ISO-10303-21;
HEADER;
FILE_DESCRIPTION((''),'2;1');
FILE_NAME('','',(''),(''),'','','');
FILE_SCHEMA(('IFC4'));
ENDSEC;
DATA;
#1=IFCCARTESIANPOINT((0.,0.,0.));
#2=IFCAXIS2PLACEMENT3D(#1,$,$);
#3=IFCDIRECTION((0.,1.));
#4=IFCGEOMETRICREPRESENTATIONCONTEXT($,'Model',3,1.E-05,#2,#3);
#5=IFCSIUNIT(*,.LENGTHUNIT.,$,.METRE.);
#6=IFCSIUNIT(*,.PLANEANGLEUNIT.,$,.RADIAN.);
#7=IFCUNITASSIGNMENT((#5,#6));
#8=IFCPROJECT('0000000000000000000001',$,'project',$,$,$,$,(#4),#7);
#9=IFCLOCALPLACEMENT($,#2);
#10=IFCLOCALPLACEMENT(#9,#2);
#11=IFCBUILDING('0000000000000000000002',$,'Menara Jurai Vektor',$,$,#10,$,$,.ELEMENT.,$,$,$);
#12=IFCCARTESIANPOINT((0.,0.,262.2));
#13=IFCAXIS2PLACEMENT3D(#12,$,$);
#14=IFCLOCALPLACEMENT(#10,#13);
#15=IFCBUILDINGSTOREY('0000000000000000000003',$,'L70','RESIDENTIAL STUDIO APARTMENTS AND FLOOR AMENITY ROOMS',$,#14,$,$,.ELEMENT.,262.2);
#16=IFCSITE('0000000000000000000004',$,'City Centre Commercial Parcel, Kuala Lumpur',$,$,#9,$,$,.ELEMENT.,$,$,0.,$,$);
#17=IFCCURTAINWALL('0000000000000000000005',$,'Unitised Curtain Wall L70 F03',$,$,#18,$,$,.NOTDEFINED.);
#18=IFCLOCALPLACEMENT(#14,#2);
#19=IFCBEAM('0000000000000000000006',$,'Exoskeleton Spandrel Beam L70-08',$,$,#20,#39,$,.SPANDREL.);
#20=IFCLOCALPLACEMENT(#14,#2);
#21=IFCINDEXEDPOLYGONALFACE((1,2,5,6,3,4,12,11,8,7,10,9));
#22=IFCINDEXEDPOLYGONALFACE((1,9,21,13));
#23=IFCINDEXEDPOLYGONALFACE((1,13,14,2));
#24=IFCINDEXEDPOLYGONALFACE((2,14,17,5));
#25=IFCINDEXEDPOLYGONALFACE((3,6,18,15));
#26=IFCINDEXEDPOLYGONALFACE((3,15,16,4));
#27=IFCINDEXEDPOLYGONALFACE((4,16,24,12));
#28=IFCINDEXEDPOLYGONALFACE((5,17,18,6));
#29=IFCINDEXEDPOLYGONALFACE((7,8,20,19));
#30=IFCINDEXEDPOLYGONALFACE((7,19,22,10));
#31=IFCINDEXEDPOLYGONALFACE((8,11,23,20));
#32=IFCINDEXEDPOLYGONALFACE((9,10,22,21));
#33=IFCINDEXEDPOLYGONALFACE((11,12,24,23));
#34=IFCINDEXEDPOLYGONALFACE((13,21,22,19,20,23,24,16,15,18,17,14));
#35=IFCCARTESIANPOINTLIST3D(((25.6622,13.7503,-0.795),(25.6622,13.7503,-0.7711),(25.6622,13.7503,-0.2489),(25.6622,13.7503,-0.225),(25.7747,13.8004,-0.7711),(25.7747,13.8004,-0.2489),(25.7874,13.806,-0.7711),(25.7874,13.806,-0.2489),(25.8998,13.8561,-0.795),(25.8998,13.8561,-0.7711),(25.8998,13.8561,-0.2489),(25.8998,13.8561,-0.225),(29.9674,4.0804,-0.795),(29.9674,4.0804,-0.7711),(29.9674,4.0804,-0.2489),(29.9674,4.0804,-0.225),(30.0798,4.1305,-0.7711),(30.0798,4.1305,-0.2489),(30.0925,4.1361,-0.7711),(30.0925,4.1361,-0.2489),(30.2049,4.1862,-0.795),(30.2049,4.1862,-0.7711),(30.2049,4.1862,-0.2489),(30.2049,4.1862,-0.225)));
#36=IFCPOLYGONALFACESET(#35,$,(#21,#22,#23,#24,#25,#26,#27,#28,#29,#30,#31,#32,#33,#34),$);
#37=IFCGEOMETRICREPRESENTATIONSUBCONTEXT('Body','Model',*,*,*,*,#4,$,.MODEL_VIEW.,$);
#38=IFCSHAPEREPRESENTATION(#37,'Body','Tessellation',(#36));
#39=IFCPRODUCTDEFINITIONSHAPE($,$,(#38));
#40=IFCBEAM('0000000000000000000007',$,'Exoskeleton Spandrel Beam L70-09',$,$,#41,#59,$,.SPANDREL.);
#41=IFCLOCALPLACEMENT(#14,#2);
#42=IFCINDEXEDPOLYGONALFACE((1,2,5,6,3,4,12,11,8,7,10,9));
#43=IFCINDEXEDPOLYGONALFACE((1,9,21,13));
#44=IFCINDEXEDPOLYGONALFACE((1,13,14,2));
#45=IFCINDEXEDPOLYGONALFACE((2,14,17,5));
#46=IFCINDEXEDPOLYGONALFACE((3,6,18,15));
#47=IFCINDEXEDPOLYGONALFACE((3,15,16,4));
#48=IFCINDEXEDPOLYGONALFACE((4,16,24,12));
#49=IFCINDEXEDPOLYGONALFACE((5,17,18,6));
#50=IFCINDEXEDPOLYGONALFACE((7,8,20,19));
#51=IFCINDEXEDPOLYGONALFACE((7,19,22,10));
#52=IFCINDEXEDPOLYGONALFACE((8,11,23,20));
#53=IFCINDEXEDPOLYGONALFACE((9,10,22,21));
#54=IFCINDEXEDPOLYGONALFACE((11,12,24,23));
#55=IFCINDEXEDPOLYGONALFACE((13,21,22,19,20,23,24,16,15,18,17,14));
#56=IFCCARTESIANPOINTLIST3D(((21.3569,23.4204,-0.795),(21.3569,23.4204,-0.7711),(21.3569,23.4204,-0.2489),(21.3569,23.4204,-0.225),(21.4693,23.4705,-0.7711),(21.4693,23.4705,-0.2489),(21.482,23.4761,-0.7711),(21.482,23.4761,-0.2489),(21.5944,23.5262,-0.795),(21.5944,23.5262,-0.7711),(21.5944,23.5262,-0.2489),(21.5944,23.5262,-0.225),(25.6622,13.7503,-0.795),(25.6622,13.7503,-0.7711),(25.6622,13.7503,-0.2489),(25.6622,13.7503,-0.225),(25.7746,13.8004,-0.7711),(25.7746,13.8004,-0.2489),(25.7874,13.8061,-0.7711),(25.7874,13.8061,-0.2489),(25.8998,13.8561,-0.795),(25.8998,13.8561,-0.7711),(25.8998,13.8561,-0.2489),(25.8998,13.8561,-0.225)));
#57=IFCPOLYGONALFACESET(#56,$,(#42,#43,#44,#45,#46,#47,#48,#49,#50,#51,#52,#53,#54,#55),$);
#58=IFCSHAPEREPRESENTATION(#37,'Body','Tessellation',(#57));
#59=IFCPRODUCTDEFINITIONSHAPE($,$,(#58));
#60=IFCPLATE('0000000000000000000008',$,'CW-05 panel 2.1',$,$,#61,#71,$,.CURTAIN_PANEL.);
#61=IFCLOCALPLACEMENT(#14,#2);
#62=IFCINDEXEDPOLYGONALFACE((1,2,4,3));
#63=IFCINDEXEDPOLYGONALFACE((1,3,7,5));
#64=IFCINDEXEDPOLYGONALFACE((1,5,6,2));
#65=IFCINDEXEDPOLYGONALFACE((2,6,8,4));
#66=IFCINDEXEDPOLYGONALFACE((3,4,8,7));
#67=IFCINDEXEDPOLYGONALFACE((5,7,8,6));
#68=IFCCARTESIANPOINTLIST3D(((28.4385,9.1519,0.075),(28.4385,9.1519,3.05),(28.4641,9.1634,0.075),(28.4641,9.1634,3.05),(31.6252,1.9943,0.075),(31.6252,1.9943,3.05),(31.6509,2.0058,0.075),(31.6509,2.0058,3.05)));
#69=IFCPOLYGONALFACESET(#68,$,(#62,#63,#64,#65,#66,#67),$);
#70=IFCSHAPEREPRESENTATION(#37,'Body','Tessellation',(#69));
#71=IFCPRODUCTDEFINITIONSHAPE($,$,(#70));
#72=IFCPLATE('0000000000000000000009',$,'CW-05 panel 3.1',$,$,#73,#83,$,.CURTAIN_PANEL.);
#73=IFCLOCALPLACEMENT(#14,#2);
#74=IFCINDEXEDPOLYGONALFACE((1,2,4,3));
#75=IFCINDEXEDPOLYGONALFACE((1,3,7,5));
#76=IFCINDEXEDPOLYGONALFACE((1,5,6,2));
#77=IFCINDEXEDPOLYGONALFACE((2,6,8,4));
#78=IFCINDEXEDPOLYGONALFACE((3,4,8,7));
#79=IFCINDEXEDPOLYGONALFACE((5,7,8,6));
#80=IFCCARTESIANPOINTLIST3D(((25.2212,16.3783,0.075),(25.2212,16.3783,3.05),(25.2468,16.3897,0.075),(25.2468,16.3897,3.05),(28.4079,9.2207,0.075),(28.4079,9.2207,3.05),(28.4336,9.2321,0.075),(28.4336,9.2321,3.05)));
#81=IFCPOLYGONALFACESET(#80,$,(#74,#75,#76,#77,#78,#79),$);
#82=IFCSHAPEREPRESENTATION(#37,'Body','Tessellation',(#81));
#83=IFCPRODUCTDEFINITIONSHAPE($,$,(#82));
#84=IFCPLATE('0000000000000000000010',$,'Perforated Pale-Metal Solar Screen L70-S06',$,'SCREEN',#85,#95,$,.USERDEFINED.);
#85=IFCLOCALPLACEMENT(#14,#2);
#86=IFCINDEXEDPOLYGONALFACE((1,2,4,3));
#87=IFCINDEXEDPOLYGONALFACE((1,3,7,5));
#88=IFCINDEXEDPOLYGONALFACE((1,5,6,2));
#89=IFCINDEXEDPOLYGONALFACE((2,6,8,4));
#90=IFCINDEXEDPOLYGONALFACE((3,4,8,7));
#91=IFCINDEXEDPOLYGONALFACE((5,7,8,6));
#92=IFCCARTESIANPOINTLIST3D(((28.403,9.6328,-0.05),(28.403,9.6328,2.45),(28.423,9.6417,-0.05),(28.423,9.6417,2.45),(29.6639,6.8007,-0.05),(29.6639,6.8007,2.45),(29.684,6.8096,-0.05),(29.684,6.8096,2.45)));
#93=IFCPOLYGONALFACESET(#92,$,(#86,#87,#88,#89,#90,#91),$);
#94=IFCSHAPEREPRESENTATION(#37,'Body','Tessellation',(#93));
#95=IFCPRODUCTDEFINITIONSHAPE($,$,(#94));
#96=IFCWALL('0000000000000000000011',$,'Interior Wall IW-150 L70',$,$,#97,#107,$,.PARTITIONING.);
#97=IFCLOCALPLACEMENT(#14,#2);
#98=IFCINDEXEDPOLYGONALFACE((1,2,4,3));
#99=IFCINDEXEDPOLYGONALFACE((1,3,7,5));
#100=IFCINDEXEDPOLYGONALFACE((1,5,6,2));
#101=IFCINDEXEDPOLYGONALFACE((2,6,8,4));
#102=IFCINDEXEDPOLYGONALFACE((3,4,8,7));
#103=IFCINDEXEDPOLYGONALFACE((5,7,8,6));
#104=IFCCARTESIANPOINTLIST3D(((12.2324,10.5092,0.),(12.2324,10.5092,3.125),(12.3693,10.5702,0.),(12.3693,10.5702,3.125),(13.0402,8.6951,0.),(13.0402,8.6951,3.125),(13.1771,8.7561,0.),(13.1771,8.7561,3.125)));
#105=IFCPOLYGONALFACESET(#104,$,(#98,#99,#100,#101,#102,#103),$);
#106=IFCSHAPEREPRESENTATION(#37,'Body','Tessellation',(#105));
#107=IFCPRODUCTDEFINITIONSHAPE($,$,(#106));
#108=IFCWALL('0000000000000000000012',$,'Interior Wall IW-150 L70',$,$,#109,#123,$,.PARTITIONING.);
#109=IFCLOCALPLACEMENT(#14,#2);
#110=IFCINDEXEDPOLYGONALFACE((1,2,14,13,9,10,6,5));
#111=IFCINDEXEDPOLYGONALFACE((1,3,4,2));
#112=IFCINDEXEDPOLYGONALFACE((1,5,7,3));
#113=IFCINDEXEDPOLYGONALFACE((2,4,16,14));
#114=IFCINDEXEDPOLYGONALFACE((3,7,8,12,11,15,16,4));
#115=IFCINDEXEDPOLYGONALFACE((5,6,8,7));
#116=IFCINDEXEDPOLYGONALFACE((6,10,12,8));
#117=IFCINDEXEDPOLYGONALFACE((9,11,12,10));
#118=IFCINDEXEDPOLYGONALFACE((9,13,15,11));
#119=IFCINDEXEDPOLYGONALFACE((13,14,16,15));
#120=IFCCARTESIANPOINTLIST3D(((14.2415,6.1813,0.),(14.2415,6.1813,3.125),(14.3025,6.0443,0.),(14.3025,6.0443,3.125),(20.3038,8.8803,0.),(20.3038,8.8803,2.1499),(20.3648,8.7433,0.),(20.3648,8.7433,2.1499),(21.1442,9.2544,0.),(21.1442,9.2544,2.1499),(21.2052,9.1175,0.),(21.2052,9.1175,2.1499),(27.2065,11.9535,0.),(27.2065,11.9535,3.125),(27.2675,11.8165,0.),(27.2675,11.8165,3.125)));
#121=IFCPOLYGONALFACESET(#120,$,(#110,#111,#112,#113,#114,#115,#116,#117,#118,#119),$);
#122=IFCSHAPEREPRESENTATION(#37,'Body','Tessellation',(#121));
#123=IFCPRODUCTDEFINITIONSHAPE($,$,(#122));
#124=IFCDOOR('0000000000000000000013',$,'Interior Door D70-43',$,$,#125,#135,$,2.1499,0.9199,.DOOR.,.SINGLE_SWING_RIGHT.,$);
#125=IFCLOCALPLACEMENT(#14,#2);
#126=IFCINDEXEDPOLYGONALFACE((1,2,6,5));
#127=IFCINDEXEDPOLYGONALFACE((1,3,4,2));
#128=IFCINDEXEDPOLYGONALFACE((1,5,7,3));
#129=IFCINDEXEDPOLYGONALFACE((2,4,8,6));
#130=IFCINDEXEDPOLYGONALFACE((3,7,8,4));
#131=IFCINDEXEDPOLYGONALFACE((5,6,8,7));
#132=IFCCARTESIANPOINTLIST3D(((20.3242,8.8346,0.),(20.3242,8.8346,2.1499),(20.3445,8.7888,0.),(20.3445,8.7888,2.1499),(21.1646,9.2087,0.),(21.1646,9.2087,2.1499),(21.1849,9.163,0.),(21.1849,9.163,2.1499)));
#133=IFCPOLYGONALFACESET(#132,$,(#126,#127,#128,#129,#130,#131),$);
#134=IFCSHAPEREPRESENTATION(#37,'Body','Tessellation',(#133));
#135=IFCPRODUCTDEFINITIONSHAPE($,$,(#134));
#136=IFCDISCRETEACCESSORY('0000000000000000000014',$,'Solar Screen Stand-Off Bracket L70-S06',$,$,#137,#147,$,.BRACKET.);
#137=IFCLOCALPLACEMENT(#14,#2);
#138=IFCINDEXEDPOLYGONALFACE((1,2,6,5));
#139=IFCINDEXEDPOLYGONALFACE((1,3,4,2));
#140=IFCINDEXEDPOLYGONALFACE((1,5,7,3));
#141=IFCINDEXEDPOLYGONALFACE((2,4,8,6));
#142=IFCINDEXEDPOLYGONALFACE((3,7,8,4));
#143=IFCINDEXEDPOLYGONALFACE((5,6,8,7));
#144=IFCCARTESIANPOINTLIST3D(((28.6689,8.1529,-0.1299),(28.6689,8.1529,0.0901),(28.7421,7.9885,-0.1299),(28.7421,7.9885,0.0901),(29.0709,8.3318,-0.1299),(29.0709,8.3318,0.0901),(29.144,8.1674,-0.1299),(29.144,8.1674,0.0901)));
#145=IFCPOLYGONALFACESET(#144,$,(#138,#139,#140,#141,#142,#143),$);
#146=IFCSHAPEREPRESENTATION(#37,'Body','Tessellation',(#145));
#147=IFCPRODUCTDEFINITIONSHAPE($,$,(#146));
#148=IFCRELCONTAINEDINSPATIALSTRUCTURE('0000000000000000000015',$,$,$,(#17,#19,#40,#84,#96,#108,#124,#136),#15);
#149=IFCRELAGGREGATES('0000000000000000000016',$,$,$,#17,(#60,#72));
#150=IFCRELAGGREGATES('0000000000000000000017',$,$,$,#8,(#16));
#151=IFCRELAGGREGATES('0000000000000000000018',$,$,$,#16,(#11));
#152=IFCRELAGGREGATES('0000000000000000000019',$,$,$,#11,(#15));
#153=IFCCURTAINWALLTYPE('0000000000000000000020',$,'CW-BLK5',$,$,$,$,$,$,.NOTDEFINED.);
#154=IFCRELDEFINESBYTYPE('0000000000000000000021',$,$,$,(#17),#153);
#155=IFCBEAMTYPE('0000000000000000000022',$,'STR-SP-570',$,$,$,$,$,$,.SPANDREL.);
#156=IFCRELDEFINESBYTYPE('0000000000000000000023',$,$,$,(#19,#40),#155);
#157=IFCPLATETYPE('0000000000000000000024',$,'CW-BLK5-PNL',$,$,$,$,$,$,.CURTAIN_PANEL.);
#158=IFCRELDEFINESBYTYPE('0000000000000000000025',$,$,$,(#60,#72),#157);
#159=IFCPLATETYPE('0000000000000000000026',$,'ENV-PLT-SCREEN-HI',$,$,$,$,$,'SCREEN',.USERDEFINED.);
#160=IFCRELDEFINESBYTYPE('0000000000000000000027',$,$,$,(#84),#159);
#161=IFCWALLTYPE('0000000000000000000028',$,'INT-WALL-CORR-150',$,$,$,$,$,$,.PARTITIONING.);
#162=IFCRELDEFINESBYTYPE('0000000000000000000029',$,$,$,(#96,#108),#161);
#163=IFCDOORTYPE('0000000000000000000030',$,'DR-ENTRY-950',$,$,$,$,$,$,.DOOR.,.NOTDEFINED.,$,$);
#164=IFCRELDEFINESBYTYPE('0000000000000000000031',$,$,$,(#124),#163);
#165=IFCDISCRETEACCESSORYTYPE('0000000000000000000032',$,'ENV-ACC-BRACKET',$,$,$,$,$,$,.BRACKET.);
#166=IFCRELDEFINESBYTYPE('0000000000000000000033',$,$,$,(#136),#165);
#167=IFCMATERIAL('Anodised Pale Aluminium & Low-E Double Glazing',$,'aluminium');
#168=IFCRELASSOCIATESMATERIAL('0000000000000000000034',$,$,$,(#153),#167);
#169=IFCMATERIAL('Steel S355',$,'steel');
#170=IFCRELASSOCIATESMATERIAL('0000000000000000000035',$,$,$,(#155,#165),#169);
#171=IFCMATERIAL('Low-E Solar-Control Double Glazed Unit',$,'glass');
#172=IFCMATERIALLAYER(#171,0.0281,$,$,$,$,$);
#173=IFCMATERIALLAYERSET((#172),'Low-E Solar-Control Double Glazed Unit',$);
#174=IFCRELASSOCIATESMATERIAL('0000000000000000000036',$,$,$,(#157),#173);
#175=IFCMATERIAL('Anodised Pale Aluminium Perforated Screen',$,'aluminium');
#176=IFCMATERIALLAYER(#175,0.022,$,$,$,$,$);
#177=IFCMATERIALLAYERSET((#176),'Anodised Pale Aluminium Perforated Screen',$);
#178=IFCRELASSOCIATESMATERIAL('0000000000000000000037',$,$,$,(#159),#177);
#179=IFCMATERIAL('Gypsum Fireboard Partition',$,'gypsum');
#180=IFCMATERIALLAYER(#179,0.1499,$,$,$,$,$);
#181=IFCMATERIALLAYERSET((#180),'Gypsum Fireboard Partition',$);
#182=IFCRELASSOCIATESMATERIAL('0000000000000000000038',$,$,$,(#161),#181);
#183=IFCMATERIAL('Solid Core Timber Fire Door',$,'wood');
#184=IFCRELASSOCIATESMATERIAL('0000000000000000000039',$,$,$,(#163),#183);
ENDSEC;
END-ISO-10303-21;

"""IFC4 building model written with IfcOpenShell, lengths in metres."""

from ifc_helpers import new_model, si_unit, direction, frame, frame_2d, origin, origin_2d, place, context, subcontext, project, spatial, rectangle, i_section, extrude, material, layer, layer_set, material_profile, profile_set, type_object, element, fill, aggregate, save


model = new_model("IFC4")

# Units and contexts
model_context = context("Model", 3, precision=1e-05, world=origin(), true_north=direction((0.0, 1.0)))
body_context = subcontext(model_context, "Body", "Model", "MODEL_VIEW")
ifc_project = project(units=[si_unit("LENGTHUNIT", "METRE"), si_unit("PLANEANGLEUNIT", "RADIAN")], contexts=[model_context])

# Site, building, storey
site_placement = place(None, origin())
site = spatial("IfcSite", under=ifc_project, at=site_placement, Name="City Centre Commercial Parcel, Kuala Lumpur", CompositionType="ELEMENT", RefElevation=0.0)
building_placement = place(site_placement, origin())
building = spatial("IfcBuilding", under=site, at=building_placement, Name="Menara Jurai Vektor", CompositionType="ELEMENT")
storey_placement = place(building_placement, frame((0.0, 0.0, 262.2)))
storey = spatial("IfcBuildingStorey", under=building, at=storey_placement, Name="L70", Description="RESIDENTIAL STUDIO APARTMENTS AND FLOOR AMENITY ROOMS", CompositionType="ELEMENT", Elevation=262.2)

# Curtain wall
ifc_material_1 = material(Name="Anodised Pale Aluminium & Low-E Double Glazing", Category="aluminium")
curtain_wall_type = type_object("IfcCurtainWallType", Name="CW-BLK5", PredefinedType="NOTDEFINED", material=ifc_material_1)
curtain_wall_placement = place(storey_placement, origin())
curtain_wall = element("IfcCurtainWall", 1, at=curtain_wall_placement, inside=storey, type_object=curtain_wall_type, Name="Unitised Curtain Wall L70 F03", PredefinedType="NOTDEFINED")

# Beams
ifc_material_2 = material(Name="Steel S355", Category="steel")
ifc_material_profile_1 = material_profile(ifc_material_2, i_section(OverallWidth=0.26, OverallDepth=0.5701, WebThickness=0.0139, FlangeThickness=0.0239, at=origin_2d()), Name="PG 570x260x145")
ifc_profile_set_1 = profile_set([ifc_material_profile_1], Name="Steel S355")
beam_type_1 = type_object("IfcBeamType", Name="STR-SP-570", PredefinedType="SPANDREL", material=ifc_profile_set_1)
beam_1_placement = place(storey_placement, frame((30.0862, 4.1333, -0.51), z_axis=(-0.406725, 0.913551, 0.0), x_axis=(-0.913551, -0.406725, 0.0)))
element("IfcBeam", 2, at=beam_1_placement, inside=storey, type_object=beam_type_1, Name="Exoskeleton Spandrel Beam L70-08", PredefinedType="SPANDREL", context=body_context, shape_type="SweptSolid", body=[
    extrude(i_section(OverallWidth=0.26, OverallDepth=0.5701, WebThickness=0.0139, FlangeThickness=0.0239, at=origin_2d()), origin(), (0.0, 0.0, 1.0), 10.585),
])
beam_2_placement = place(storey_placement, frame((25.781, 13.8032, -0.51), z_axis=(-0.406735, 0.913546, 0.0), x_axis=(-0.913546, -0.406735, 0.0)))
element("IfcBeam", 3, at=beam_2_placement, inside=storey, type_object=beam_type_1, Name="Exoskeleton Spandrel Beam L70-09", PredefinedType="SPANDREL", context=body_context, shape_type="SweptSolid", body=[
    extrude(i_section(OverallWidth=0.26, OverallDepth=0.5701, WebThickness=0.0139, FlangeThickness=0.0239, at=origin_2d()), origin(), (0.0, 0.0, 1.0), 10.5852),
])

# Plates
ifc_material_3 = material(Name="Low-E Solar-Control Double Glazed Unit", Category="glass")
ifc_layer_1 = layer(ifc_material_3, 0.0281)
ifc_layer_set_1 = layer_set([ifc_layer_1], Name="Low-E Solar-Control Double Glazed Unit")
plate_type_1 = type_object("IfcPlateType", Name="CW-BLK5-PNL", PredefinedType="CURTAIN_PANEL", material=ifc_layer_set_1)
plate_1_placement = place(storey_placement, frame((30.0447, 5.5789, 0.075), z_axis=(0.0, 0.0, 1.0), x_axis=(-0.406735, 0.913546, 0.0)))
plate_1 = element("IfcPlate", 4, at=plate_1_placement, type_object=plate_type_1, Name="CW-05 panel 2.1", PredefinedType="CURTAIN_PANEL", context=body_context, shape_type="SweptSolid", body=[
    extrude(rectangle(XDim=7.835, YDim=0.0281, at=origin_2d()), origin(), (0.0, 0.0, 1.0), 2.9751),
])
plate_2_placement = place(storey_placement, frame((26.8274, 12.8052, 0.075), z_axis=(0.0, 0.0, 1.0), x_axis=(-0.406735, 0.913546, 0.0)))
plate_2 = element("IfcPlate", 5, at=plate_2_placement, type_object=plate_type_1, Name="CW-05 panel 3.1", PredefinedType="CURTAIN_PANEL", context=body_context, shape_type="SweptSolid", body=[
    extrude(rectangle(XDim=7.835, YDim=0.0281, at=origin_2d()), origin(), (0.0, 0.0, 1.0), 2.9751),
])
aggregate(curtain_wall, [plate_1, plate_2])
ifc_material_4 = material(Name="Anodised Pale Aluminium Perforated Screen", Category="aluminium")
ifc_layer_2 = layer(ifc_material_4, 0.022)
ifc_layer_set_2 = layer_set([ifc_layer_2], Name="Anodised Pale Aluminium Perforated Screen")
plate_type_2 = type_object("IfcPlateType", Name="ENV-PLT-SCREEN-HI", ElementType="SCREEN", PredefinedType="USERDEFINED", material=ifc_layer_set_2)
plate_3_placement = place(storey_placement, frame((29.0435, 8.2212, -0.05), z_axis=(0.0, 0.0, 1.0), x_axis=(-0.406737, 0.913545, 0.0)))
element("IfcPlate", 6, at=plate_3_placement, inside=storey, type_object=plate_type_2, Name="Perforated Pale-Metal Solar Screen L70-S06", ObjectType="SCREEN", PredefinedType="USERDEFINED", context=body_context, shape_type="SweptSolid", body=[
    extrude(rectangle(XDim=3.1001, YDim=0.022, at=origin_2d()), origin(), (0.0, 0.0, 1.0), 2.5),
])

# Wall
ifc_material_5 = material(Name="Gypsum Fireboard Partition", Category="gypsum")
ifc_layer_3 = layer(ifc_material_5, 0.1499)
ifc_layer_set_3 = layer_set([ifc_layer_3], Name="Gypsum Fireboard Partition")
wall_type = type_object("IfcWallType", Name="INT-WALL-CORR-150", PredefinedType="PARTITIONING", material=ifc_layer_set_3)
wall_1_placement = place(storey_placement, frame((13.1086, 8.7256, 0.0), z_axis=(0.0, 0.0, 1.0), x_axis=(-0.406789, 0.913522, 0.0)))
element("IfcWall", 7, at=wall_1_placement, inside=storey, type_object=wall_type, Name="Interior Wall IW-150 L70", PredefinedType="PARTITIONING", context=body_context, shape_type="SweptSolid", body=[
    extrude(rectangle(XDim=1.9858, YDim=0.1499, at=frame_2d((0.9929, 0.0))), origin(), (0.0, 0.0, 1.0), 3.125),
])

# Wall, opening, door
wall_2_placement = place(storey_placement, frame((14.272, 6.1128, 0.0), z_axis=(0.0, 0.0, 1.0), x_axis=(0.913551, 0.406724, 0.0)))
wall_2 = element("IfcWall", 8, at=wall_2_placement, inside=storey, type_object=wall_type, Name="Interior Wall IW-150 L70", PredefinedType="PARTITIONING", context=body_context, shape_type="SweptSolid", body=[
    extrude(rectangle(XDim=14.1919, YDim=0.1499, at=frame_2d((7.0959, 0.0))), origin(), (0.0, 0.0, 1.0), 3.125),
])
opening_placement = place(wall_2_placement, frame((6.636, 0.0, 0.0)))
opening = element("IfcOpeningElement", 9, at=opening_placement, cuts=wall_2, PredefinedType="OPENING", context=body_context, shape_type="SweptSolid", body=[
    extrude(rectangle(XDim=0.9199, YDim=2.1499, at=frame_2d((0.46, 1.075))), frame((0.0, 0.085, 0.0), z_axis=(0.0, -1.0, 0.0), x_axis=(1.0, 0.0, 0.0)), (0.0, 0.0, 1.0), 0.1699),
])
ifc_material_6 = material(Name="Solid Core Timber Fire Door", Category="wood")
door_type = type_object("IfcDoorType", Name="DR-ENTRY-950", OperationType="NOTDEFINED", PredefinedType="DOOR", material=ifc_material_6)
door_placement = place(opening_placement, origin())
door = element("IfcDoor", 10, at=door_placement, inside=storey, type_object=door_type, Name="Interior Door D70-43", OperationType="SINGLE_SWING_RIGHT", OverallHeight=2.1499, OverallWidth=0.9199, PredefinedType="DOOR", context=body_context, shape_type="SweptSolid", body=[
    extrude(rectangle(XDim=0.9199, YDim=2.1499, at=frame_2d((0.46, 1.075))), frame((0.0, 0.0249, 0.0), z_axis=(0.0, -1.0, 0.0), x_axis=(1.0, 0.0, 0.0)), (0.0, 0.0, 1.0), 0.05),
])
fill(opening, door)

# Discrete accessory
discrete_accessory_type = type_object("IfcDiscreteAccessoryType", Name="ENV-ACC-BRACKET", PredefinedType="BRACKET", material=ifc_material_2)
discrete_accessory_placement = place(storey_placement, frame((28.9065, 8.1602, -0.1299), z_axis=(0.0, 0.0, 1.0), x_axis=(-0.406737, 0.913545, 0.0)))
element("IfcDiscreteAccessory", 11, at=discrete_accessory_placement, inside=storey, type_object=discrete_accessory_type, Name="Solar Screen Stand-Off Bracket L70-S06", PredefinedType="BRACKET", context=body_context, shape_type="SweptSolid", body=[
    extrude(rectangle(XDim=0.1799, YDim=0.4399, at=origin_2d()), origin(), (0.0, 0.0, 1.0), 0.22),
])

save(model, "model.ifc")
